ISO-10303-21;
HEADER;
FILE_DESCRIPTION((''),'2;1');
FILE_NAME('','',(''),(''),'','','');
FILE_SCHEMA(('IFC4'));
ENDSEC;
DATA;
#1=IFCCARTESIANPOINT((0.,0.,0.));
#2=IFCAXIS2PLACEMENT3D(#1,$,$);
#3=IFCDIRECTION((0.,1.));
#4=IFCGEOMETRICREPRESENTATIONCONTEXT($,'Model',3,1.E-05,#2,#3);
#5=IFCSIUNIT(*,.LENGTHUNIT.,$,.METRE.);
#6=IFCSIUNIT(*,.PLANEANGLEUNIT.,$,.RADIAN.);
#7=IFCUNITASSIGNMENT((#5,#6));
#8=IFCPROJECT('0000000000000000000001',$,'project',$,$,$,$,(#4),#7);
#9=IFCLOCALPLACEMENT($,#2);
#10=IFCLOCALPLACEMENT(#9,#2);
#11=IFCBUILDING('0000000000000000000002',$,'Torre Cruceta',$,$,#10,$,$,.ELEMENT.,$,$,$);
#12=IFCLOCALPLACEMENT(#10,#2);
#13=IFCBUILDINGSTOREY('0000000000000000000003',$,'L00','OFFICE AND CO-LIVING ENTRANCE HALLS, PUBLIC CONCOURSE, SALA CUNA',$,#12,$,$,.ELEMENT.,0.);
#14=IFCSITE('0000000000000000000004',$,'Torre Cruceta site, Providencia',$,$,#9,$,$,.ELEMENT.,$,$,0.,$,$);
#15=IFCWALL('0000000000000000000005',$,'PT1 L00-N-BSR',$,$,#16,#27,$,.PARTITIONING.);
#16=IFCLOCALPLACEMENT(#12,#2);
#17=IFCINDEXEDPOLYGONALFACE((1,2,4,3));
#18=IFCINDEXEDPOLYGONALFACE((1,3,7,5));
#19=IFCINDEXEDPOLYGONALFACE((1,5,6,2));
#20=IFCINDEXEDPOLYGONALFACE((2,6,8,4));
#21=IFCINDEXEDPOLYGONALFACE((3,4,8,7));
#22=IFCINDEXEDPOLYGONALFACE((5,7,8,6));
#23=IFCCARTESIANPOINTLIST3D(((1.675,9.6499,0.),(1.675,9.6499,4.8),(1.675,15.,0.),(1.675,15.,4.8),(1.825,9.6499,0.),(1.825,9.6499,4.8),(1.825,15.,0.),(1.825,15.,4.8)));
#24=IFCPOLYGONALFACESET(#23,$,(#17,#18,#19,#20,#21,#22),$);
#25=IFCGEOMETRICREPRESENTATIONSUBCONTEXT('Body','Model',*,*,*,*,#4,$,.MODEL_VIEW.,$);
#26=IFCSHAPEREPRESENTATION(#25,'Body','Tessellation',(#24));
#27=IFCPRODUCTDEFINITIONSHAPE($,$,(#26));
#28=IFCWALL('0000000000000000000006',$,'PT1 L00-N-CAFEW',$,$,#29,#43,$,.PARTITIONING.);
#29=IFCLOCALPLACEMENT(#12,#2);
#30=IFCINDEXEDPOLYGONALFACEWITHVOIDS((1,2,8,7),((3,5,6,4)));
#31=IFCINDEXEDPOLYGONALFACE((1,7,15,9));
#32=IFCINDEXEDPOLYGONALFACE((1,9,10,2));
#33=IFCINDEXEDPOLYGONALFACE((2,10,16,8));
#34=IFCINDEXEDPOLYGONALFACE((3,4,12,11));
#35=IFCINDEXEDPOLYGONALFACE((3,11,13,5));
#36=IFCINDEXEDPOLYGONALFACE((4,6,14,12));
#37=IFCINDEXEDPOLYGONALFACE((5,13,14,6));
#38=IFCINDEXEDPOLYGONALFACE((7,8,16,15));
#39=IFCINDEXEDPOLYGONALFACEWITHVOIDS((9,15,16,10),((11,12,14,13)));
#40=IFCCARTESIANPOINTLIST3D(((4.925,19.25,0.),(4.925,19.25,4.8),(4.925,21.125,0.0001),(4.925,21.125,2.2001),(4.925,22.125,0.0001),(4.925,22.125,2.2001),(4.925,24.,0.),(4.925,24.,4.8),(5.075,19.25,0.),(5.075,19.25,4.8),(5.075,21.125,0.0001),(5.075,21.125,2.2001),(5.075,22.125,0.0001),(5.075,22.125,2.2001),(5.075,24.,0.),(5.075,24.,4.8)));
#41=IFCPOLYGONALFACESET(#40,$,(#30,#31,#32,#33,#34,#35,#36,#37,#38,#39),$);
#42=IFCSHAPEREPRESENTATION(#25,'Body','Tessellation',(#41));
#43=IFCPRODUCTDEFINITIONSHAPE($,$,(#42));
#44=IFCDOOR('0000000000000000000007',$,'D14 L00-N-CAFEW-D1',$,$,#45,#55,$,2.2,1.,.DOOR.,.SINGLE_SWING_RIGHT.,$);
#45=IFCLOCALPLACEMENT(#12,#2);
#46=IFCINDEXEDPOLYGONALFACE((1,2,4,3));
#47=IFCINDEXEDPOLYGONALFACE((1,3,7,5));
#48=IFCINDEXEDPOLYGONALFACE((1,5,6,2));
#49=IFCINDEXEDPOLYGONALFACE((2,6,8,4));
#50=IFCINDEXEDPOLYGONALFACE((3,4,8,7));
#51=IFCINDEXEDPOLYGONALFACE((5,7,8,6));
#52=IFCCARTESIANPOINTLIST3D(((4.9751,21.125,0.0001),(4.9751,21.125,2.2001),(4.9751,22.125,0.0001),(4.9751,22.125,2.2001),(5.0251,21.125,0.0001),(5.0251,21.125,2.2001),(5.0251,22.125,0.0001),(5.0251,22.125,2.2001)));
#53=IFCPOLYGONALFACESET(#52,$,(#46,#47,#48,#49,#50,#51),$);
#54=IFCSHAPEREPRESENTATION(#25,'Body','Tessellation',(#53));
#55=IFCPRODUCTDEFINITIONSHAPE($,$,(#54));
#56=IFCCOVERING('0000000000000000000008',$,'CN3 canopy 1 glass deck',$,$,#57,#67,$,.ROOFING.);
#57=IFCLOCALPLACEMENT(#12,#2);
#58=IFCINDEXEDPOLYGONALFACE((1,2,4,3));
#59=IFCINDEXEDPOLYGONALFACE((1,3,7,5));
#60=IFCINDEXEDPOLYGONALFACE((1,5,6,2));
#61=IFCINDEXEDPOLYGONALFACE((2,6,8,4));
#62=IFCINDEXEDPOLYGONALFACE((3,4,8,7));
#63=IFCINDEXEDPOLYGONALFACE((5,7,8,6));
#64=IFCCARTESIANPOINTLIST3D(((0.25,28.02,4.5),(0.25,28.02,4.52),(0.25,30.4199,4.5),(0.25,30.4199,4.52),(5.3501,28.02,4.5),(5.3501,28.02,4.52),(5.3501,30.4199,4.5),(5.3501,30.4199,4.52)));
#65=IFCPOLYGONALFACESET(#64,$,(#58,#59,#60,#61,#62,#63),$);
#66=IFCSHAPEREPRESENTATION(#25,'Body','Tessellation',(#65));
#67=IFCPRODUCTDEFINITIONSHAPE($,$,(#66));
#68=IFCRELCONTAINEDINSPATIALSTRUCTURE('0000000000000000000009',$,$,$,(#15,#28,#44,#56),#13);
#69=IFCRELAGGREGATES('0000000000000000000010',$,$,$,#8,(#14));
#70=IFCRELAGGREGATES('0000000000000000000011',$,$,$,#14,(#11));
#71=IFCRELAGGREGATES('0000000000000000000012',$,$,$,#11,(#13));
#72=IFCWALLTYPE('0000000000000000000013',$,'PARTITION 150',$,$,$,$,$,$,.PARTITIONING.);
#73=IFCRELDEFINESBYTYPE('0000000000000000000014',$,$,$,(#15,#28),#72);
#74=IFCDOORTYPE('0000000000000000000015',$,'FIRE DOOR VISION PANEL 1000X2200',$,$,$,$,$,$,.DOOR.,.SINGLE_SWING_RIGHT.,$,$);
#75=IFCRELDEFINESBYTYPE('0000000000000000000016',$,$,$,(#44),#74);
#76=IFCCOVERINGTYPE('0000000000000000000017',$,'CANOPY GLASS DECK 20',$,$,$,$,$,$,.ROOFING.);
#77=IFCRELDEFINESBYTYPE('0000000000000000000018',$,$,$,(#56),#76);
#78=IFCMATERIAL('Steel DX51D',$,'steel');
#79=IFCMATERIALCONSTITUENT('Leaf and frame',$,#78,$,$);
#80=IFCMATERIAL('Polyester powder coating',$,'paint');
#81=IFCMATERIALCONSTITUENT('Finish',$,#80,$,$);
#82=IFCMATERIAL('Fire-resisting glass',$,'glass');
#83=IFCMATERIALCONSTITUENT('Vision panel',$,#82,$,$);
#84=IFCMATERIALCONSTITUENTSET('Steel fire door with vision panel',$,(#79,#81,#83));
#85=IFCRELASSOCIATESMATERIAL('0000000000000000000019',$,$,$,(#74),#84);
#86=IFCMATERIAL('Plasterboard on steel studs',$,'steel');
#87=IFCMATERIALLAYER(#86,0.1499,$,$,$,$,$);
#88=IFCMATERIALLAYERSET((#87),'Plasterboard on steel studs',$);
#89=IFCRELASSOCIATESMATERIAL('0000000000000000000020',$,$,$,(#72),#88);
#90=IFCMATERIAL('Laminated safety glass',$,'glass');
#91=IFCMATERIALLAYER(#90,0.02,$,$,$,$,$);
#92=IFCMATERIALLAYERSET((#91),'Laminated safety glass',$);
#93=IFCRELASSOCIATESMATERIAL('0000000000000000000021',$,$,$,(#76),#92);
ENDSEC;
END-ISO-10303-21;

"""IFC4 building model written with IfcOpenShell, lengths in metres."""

from ifc_helpers import new_model, si_unit, direction, frame, frame_2d, origin, origin_2d, place, context, subcontext, project, spatial, rectangle, extrude, material, layer, layer_set, constituent, constituent_set, type_object, element, fill, save


model = new_model("IFC4")

# Units and contexts
model_context = context("Model", 3, precision=1e-05, world=origin(), true_north=direction((0.0, 1.0)))
body_context = subcontext(model_context, "Body", "Model", "MODEL_VIEW")
ifc_project = project(units=[si_unit("LENGTHUNIT", "METRE"), si_unit("PLANEANGLEUNIT", "RADIAN")], contexts=[model_context])

# Site, building, storey
site_placement = place(None, origin())
site = spatial("IfcSite", under=ifc_project, at=site_placement, Name="Torre Cruceta site, Providencia", CompositionType="ELEMENT", RefElevation=0.0)
building_placement = place(site_placement, origin())
building = spatial("IfcBuilding", under=site, at=building_placement, Name="Torre Cruceta", CompositionType="ELEMENT")
storey_placement = place(building_placement, origin())
storey = spatial("IfcBuildingStorey", under=building, at=storey_placement, Name="L00", Description="OFFICE AND CO-LIVING ENTRANCE HALLS, PUBLIC CONCOURSE, SALA CUNA", CompositionType="ELEMENT", Elevation=0.0)

# Shared definitions
ifc_material_1 = material(Name="Steel DX51D", Category="steel")
ifc_constituent_1 = constituent(ifc_material_1, Name="Leaf and frame")
ifc_material_2 = material(Name="Polyester powder coating", Category="paint")
ifc_constituent_2 = constituent(ifc_material_2, Name="Finish")
ifc_material_3 = material(Name="Fire-resisting glass", Category="glass")
ifc_constituent_3 = constituent(ifc_material_3, Name="Vision panel")
ifc_constituent_set = constituent_set(constituents=[ifc_constituent_1, ifc_constituent_2, ifc_constituent_3], Name="Steel fire door with vision panel")
door_type = type_object("IfcDoorType", Name="FIRE DOOR VISION PANEL 1000X2200", OperationType="SINGLE_SWING_RIGHT", PredefinedType="DOOR", material=ifc_constituent_set)

# Wall
ifc_material_4 = material(Name="Plasterboard on steel studs", Category="steel")
ifc_layer_1 = layer(ifc_material_4, 0.1499)
ifc_layer_set_1 = layer_set([ifc_layer_1], Name="Plasterboard on steel studs")
wall_type_1 = type_object("IfcWallType", Name="PARTITION 150", PredefinedType="PARTITIONING", material=ifc_layer_set_1)
wall_1_placement = place(storey_placement, frame((1.75, 9.6499, 0.0), z_axis=(0.0, 0.0, 1.0), x_axis=(0.0, 1.0, 0.0)))
element("IfcWall", 1, at=wall_1_placement, inside=storey, type_object=wall_type_1, Name="PT1 L00-N-BSR", PredefinedType="PARTITIONING", context=body_context, shape_type="SweptSolid", body=[
    extrude(rectangle(XDim=5.3501, YDim=0.1499, at=frame_2d((2.675, 0.0))), origin(), (0.0, 0.0, 1.0), 4.8),
])

# Wall, opening, door
wall_2_placement = place(storey_placement, frame((5.0, 19.25, 0.0), z_axis=(0.0, 0.0, 1.0), x_axis=(0.0, 1.0, 0.0)))
wall_2 = element("IfcWall", 2, at=wall_2_placement, inside=storey, type_object=wall_type_1, Name="PT1 L00-N-CAFEW", PredefinedType="PARTITIONING", context=body_context, shape_type="SweptSolid", body=[
    extrude(rectangle(XDim=4.75, YDim=0.1499, at=frame_2d((2.375, 0.0))), origin(), (0.0, 0.0, 1.0), 4.8),
])
opening_1_placement = place(wall_2_placement, frame((1.875, 0.0, 0.0)))
opening_1 = element("IfcOpeningElement", 3, at=opening_1_placement, cuts=wall_2, PredefinedType="OPENING", context=body_context, shape_type="SweptSolid", body=[
    extrude(rectangle(XDim=1.0, YDim=2.2, at=frame_2d((0.5, 1.1001))), frame((0.0, 0.085, 0.0), z_axis=(0.0, -1.0, 0.0), x_axis=(1.0, 0.0, 0.0)), (0.0, 0.0, 1.0), 0.1699),
])
door_1_placement = place(opening_1_placement, frame((1.0, 0.0, 0.0), z_axis=(0.0, 0.0, 1.0), x_axis=(-1.0, 0.0, 0.0)))
door_1 = element("IfcDoor", 4, at=door_1_placement, inside=storey, type_object=door_type, Name="D14 L00-N-CAFEW-D1", OperationType="SINGLE_SWING_RIGHT", OverallHeight=2.2, OverallWidth=1.0, PredefinedType="DOOR", context=body_context, shape_type="SweptSolid", body=[
    extrude(rectangle(XDim=1.0, YDim=2.2, at=frame_2d((0.5, 1.1001))), frame((0.0, 0.0251, 0.0), z_axis=(0.0, -1.0, 0.0), x_axis=(1.0, 0.0, 0.0)), (0.0, 0.0, 1.0), 0.05),
])
fill(opening_1, door_1)

# Covering
ifc_material_5 = material(Name="Laminated safety glass", Category="glass")
ifc_layer_2 = layer(ifc_material_5, 0.02)
ifc_layer_set_2 = layer_set([ifc_layer_2], Name="Laminated safety glass")
covering_type = type_object("IfcCoveringType", Name="CANOPY GLASS DECK 20", PredefinedType="ROOFING", material=ifc_layer_set_2)
covering_placement = place(storey_placement, frame((2.8, 29.22, 4.5), z_axis=(0.0, 0.0, 1.0), x_axis=(-1.0, 0.0, 0.0)))
element("IfcCovering", 5, at=covering_placement, inside=storey, type_object=covering_type, Name="CN3 canopy 1 glass deck", PredefinedType="ROOFING", context=body_context, shape_type="SweptSolid", body=[
    extrude(rectangle(XDim=5.1001, YDim=2.3999, at=origin_2d()), origin(), (0.0, 0.0, 1.0), 0.02),
])

save(model, "model.ifc")
